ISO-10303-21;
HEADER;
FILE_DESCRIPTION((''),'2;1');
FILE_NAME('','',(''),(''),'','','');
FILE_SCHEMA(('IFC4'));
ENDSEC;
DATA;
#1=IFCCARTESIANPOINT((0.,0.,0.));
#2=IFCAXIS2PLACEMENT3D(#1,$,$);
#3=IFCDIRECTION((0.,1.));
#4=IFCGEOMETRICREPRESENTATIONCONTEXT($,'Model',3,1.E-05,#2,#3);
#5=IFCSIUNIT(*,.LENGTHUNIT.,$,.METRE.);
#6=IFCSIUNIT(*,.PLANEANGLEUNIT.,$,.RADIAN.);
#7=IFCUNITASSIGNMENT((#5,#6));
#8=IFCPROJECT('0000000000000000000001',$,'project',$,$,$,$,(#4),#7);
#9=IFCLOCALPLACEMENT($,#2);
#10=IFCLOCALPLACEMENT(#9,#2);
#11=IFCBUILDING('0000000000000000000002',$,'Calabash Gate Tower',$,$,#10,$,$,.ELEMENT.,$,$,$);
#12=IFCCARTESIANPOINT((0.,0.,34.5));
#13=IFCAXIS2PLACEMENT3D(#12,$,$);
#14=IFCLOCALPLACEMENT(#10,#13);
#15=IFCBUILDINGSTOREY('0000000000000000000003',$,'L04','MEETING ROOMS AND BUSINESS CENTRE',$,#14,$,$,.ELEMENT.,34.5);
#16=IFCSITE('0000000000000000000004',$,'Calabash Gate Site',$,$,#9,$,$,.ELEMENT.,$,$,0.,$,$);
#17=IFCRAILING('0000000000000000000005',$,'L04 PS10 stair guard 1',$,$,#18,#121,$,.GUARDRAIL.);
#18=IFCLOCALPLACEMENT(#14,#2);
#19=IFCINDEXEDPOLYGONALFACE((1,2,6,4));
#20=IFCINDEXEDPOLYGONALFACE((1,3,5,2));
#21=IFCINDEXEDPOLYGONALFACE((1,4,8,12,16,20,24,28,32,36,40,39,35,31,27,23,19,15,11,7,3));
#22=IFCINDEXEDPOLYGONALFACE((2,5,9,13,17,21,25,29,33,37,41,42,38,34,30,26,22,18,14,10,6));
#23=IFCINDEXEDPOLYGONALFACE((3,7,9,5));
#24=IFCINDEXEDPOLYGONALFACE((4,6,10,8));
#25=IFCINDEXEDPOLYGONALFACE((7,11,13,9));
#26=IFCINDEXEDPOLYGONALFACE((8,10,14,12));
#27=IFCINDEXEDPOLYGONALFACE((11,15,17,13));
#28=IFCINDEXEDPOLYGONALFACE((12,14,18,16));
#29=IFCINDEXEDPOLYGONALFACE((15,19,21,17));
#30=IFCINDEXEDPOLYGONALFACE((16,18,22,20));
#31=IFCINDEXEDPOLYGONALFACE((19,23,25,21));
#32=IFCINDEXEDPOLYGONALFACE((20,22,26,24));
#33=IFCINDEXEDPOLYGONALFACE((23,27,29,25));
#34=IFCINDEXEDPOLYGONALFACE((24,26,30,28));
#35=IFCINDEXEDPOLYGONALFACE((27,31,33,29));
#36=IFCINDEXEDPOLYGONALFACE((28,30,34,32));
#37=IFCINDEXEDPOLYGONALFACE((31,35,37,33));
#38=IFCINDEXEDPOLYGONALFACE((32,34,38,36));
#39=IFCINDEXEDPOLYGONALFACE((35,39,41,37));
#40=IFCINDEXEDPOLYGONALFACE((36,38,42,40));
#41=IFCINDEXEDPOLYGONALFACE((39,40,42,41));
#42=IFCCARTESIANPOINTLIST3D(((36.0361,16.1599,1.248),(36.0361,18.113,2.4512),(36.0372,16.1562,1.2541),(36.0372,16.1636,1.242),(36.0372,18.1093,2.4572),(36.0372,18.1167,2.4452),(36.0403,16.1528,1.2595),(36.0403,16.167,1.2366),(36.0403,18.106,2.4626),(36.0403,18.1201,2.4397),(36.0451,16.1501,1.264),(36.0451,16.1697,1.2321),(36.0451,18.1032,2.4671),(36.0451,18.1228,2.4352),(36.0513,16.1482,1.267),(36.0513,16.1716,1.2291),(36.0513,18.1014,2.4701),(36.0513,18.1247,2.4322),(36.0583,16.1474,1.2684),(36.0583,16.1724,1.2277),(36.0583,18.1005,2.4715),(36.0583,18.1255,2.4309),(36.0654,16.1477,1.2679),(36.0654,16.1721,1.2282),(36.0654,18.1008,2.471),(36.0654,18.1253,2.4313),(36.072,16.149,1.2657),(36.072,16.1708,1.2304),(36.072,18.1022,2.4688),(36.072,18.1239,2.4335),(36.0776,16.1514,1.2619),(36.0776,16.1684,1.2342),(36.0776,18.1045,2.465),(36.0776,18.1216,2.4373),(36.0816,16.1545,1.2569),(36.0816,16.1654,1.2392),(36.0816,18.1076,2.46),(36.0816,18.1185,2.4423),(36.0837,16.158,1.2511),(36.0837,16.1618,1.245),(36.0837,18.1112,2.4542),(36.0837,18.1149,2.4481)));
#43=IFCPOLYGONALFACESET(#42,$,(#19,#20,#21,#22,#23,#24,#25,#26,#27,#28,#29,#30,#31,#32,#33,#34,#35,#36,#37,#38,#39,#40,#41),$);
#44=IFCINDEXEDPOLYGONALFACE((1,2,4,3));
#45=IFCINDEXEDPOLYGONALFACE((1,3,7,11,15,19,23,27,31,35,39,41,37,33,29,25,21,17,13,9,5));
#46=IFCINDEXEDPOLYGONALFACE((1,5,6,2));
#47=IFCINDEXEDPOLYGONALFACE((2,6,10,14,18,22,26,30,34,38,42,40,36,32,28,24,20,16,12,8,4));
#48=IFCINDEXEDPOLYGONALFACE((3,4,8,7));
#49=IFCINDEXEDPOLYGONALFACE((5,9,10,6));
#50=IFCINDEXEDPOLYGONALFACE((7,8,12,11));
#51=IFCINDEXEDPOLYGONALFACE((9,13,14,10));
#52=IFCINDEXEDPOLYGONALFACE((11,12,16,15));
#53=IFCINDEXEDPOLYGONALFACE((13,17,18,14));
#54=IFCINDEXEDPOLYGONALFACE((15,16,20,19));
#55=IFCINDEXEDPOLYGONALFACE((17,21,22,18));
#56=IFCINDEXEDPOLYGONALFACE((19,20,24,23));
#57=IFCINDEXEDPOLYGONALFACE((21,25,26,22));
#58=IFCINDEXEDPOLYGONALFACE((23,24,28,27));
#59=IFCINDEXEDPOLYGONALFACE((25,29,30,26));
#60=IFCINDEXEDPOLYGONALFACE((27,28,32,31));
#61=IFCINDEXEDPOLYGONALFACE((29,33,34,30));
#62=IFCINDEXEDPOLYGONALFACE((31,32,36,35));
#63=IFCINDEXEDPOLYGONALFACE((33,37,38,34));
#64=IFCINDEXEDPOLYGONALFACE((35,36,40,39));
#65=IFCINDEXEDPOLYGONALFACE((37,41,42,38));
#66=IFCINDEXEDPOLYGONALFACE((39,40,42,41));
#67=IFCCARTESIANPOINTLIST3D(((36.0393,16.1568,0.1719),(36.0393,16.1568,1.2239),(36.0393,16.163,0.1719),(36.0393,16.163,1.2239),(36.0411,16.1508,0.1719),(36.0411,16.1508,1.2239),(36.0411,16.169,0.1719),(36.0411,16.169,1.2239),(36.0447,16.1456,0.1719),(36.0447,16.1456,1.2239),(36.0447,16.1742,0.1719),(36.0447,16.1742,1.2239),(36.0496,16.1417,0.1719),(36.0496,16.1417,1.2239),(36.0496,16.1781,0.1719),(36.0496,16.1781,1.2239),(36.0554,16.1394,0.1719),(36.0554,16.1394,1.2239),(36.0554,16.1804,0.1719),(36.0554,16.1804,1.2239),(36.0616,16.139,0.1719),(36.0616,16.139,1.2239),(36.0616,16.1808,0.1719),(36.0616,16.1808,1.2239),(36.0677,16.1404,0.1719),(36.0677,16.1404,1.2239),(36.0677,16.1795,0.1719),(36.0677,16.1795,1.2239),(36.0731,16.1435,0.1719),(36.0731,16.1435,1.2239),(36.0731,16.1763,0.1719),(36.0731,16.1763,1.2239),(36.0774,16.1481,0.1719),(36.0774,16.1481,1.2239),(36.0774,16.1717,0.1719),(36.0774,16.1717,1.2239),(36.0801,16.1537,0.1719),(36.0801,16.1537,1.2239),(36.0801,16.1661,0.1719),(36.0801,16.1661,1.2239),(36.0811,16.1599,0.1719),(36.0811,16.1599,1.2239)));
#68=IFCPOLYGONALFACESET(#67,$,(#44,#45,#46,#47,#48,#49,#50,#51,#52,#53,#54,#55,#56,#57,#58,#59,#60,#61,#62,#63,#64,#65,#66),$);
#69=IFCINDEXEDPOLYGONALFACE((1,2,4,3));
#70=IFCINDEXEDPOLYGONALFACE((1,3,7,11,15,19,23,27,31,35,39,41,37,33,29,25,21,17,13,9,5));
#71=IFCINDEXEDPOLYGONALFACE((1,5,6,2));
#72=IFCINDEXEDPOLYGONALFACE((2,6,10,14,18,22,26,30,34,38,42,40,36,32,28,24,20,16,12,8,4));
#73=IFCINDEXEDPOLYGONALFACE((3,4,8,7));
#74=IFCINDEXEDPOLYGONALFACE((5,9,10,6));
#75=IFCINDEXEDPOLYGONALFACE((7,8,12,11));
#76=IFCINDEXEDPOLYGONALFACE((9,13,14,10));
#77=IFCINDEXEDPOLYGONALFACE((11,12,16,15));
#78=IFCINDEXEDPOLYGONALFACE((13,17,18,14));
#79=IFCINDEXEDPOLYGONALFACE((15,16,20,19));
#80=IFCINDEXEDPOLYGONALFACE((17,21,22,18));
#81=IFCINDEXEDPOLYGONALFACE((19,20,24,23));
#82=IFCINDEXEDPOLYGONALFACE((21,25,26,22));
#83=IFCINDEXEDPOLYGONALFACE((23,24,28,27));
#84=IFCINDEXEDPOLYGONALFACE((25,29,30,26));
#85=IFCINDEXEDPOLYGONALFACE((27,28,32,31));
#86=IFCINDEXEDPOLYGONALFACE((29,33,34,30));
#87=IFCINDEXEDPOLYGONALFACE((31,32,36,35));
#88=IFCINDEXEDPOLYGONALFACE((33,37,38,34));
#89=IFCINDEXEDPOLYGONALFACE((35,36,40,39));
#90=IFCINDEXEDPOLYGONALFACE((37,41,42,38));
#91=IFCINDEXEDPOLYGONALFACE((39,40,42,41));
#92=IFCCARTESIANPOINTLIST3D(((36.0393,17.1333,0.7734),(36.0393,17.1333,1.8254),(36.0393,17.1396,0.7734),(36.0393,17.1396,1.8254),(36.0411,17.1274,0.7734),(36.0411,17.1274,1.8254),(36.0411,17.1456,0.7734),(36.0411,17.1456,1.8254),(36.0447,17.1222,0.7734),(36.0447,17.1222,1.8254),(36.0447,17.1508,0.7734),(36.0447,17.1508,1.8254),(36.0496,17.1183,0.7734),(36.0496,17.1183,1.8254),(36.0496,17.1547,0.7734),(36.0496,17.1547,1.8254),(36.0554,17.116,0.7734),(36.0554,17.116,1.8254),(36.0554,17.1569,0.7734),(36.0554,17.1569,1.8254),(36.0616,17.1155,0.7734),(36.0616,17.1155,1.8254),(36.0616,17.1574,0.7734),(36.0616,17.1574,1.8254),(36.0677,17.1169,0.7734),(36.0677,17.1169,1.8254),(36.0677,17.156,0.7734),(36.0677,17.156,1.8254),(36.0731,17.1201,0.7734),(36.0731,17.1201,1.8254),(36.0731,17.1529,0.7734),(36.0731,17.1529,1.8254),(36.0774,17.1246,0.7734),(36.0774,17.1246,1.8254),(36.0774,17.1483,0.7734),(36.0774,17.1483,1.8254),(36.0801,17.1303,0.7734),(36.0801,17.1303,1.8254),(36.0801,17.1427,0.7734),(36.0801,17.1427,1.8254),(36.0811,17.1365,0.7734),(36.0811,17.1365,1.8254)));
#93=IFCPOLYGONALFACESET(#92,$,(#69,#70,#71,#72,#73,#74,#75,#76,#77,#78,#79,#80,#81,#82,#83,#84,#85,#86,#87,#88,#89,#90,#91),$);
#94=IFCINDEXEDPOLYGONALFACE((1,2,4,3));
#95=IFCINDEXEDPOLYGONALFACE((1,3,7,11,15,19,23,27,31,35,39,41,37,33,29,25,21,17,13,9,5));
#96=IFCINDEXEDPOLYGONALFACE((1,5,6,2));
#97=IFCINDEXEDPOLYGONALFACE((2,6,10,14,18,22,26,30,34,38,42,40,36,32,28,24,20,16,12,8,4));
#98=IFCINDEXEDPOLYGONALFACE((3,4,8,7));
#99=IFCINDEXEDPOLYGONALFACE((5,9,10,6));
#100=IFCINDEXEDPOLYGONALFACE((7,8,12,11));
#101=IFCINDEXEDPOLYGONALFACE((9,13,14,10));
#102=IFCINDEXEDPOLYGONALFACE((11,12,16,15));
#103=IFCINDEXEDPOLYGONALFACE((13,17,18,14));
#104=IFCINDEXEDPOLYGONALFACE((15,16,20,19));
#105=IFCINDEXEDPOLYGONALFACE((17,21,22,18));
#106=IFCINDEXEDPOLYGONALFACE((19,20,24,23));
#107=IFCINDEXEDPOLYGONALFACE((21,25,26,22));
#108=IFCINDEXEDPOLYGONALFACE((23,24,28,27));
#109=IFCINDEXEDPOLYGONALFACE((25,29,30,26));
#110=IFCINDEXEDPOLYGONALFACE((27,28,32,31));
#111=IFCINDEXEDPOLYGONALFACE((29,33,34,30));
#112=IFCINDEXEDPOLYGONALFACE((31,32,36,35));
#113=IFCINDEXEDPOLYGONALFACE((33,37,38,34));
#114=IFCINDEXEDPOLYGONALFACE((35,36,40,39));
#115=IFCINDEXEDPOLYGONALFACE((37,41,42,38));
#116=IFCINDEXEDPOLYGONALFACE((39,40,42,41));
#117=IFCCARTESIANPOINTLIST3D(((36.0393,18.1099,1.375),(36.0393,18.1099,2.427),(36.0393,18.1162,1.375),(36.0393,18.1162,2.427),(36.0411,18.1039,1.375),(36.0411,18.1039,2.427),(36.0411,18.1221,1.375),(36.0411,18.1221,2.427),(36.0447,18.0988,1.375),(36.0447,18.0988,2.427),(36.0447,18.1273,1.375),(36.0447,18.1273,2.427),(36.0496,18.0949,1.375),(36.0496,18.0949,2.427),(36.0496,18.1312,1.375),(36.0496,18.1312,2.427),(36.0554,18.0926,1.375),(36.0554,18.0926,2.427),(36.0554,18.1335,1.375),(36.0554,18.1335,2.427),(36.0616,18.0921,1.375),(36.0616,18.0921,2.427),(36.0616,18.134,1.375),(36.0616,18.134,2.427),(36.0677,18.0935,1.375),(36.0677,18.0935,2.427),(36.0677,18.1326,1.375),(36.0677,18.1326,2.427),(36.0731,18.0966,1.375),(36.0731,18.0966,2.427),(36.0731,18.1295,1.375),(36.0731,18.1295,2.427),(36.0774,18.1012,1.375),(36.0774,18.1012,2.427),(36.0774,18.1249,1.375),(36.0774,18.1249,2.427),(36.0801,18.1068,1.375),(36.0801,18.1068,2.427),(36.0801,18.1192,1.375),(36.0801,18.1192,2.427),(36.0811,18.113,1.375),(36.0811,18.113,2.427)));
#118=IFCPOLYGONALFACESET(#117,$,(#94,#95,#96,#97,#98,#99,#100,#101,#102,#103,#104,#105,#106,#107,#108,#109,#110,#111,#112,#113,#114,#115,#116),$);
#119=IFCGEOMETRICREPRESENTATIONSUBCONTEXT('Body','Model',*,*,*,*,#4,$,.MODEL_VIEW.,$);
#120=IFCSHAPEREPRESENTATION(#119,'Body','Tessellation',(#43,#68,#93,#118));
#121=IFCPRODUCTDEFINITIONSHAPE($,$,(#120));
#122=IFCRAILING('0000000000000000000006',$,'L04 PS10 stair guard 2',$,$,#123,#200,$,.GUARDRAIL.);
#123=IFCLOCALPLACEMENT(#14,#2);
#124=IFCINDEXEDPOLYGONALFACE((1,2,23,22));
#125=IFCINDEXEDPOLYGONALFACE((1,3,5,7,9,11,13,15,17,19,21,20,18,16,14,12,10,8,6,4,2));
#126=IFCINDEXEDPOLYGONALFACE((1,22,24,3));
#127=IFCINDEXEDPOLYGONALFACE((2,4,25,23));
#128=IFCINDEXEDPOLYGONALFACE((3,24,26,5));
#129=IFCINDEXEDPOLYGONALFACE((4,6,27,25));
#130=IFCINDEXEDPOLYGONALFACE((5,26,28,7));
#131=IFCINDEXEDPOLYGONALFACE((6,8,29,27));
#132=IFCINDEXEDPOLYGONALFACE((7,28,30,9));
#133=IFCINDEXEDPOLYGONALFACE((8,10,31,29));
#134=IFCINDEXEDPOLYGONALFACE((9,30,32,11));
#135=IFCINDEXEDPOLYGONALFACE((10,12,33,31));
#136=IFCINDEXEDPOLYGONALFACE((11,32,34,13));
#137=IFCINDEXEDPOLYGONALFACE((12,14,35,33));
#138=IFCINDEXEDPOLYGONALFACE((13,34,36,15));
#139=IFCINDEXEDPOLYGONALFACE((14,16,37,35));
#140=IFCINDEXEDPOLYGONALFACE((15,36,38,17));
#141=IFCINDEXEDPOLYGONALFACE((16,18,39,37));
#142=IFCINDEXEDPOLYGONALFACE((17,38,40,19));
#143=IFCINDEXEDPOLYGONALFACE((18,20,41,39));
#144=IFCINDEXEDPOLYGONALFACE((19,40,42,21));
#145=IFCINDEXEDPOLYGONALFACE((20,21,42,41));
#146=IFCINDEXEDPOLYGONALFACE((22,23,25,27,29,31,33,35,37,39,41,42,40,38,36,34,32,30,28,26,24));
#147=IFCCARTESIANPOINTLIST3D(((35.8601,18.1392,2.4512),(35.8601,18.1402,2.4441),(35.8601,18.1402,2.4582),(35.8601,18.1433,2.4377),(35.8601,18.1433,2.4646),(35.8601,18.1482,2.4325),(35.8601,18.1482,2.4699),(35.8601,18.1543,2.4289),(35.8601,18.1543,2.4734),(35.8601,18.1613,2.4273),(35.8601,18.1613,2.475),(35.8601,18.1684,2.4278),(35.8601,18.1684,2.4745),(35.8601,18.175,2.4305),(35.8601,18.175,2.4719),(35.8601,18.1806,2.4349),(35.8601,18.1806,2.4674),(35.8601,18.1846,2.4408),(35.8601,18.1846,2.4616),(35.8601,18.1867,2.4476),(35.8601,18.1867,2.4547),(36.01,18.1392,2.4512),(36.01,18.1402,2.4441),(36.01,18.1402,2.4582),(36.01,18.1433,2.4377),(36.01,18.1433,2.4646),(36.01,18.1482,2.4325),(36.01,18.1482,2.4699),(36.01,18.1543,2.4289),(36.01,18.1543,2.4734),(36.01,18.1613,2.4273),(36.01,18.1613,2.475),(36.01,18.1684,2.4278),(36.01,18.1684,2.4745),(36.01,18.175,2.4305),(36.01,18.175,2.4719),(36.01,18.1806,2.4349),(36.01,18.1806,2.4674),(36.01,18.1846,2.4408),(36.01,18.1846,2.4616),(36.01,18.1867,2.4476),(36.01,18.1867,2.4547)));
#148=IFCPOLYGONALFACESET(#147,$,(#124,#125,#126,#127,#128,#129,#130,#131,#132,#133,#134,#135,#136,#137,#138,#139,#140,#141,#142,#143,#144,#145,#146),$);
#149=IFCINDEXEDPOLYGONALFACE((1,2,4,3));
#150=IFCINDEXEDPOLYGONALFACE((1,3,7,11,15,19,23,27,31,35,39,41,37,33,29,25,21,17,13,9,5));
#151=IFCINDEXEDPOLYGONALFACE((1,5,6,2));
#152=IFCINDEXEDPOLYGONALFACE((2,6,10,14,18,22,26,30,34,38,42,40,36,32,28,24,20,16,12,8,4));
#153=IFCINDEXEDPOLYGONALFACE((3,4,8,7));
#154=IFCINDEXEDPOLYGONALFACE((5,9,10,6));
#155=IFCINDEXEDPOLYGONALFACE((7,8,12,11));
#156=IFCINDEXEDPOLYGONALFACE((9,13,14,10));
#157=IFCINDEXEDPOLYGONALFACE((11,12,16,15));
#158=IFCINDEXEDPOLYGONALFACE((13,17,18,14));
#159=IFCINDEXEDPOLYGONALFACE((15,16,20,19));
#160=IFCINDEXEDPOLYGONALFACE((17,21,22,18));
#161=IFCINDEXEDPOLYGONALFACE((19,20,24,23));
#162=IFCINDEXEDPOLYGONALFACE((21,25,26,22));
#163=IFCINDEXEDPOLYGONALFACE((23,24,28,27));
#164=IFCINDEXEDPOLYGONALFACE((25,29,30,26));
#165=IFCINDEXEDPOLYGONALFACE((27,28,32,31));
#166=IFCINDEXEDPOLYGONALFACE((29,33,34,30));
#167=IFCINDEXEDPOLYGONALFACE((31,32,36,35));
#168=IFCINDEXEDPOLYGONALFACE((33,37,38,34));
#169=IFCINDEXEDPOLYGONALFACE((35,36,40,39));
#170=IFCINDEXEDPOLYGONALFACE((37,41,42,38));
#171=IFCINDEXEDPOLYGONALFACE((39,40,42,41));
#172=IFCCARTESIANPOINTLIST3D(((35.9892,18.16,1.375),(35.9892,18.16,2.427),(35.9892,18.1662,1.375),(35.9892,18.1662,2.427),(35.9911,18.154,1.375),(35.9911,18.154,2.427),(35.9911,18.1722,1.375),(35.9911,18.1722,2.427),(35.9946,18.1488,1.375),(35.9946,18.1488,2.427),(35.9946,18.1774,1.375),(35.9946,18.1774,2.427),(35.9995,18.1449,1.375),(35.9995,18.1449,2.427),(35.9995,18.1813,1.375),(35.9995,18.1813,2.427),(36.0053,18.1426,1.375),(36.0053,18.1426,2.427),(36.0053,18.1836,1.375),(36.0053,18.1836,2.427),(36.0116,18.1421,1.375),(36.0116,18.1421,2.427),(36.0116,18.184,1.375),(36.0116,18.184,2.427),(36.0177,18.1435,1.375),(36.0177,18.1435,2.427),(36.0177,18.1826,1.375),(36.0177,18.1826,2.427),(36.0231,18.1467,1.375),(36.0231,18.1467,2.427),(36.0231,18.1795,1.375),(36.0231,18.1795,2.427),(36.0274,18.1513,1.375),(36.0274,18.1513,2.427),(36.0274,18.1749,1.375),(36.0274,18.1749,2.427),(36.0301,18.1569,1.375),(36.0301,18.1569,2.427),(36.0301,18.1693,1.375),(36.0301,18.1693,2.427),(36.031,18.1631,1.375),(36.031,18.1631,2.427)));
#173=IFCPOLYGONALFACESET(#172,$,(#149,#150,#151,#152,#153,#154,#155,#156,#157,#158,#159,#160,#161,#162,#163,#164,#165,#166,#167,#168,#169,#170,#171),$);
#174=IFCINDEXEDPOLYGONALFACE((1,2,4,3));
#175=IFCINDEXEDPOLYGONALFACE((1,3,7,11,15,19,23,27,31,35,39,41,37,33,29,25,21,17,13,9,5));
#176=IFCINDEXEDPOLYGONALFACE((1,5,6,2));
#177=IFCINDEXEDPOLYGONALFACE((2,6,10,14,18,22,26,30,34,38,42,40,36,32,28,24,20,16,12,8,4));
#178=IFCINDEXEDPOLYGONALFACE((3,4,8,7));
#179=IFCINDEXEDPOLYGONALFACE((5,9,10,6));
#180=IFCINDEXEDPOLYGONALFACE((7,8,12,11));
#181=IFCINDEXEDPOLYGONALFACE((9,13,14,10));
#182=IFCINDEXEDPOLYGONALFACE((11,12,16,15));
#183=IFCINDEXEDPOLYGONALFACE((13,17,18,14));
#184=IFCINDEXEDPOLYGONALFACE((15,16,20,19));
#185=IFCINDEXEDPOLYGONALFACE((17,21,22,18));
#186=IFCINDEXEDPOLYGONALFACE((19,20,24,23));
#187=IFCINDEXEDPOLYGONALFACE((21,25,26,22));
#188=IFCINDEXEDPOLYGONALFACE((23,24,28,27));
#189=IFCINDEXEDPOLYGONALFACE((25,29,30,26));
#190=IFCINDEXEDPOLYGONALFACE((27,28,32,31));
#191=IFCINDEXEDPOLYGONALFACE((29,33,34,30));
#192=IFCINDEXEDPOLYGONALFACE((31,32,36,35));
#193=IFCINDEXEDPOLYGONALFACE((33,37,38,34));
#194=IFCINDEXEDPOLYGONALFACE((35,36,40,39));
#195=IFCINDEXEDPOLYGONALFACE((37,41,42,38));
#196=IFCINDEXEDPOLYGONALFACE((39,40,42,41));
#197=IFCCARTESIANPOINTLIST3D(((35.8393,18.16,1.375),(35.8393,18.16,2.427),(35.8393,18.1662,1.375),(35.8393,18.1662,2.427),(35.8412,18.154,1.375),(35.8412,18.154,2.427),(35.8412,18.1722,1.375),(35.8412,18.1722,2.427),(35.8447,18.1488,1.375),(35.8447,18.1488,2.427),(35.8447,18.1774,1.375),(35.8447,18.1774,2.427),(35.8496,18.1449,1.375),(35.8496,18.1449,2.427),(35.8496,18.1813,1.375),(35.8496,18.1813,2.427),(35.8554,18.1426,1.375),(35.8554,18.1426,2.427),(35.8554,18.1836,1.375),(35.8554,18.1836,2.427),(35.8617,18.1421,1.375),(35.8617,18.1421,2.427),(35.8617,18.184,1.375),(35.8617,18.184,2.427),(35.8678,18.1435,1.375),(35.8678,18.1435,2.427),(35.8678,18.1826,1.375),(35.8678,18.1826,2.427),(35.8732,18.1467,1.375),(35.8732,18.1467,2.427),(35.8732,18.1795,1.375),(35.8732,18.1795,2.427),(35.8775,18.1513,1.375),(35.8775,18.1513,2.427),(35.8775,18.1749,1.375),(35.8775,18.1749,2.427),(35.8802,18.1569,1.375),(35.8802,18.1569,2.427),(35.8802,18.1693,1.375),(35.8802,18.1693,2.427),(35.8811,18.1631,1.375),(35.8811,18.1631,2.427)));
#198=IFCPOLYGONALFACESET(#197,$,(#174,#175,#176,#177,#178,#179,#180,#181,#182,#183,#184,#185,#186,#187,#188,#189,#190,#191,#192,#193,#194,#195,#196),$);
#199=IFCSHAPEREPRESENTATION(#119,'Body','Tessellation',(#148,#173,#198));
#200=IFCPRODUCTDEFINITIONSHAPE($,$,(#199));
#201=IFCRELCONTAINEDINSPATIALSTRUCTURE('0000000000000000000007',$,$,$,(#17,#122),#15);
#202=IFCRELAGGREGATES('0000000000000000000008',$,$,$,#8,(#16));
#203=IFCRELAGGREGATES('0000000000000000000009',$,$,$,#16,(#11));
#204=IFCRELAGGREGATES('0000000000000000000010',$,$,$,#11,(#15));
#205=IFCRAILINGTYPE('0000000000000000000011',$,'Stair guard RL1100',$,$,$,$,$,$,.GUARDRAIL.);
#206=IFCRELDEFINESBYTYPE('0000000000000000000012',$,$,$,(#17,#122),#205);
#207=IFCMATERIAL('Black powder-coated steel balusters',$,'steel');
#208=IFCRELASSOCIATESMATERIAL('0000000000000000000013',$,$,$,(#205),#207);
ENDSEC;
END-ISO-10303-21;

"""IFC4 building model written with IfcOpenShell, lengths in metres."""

from ifc_helpers import new_model, si_unit, direction, frame, origin, origin_2d, place, context, subcontext, project, spatial, circle, extrude, material, type_object, element, save


model = new_model("IFC4")

# Units and contexts
model_context = context("Model", 3, precision=1e-05, world=origin(), true_north=direction((0.0, 1.0)))
body_context = subcontext(model_context, "Body", "Model", "MODEL_VIEW")
ifc_project = project(units=[si_unit("LENGTHUNIT", "METRE"), si_unit("PLANEANGLEUNIT", "RADIAN")], contexts=[model_context])

# Site, building, storey
site_placement = place(None, origin())
site = spatial("IfcSite", under=ifc_project, at=site_placement, Name="Calabash Gate Site", CompositionType="ELEMENT", RefElevation=0.0)
building_placement = place(site_placement, origin())
building = spatial("IfcBuilding", under=site, at=building_placement, Name="Calabash Gate Tower", CompositionType="ELEMENT")
storey_placement = place(building_placement, frame((0.0, 0.0, 34.5)))
storey = spatial("IfcBuildingStorey", under=building, at=storey_placement, Name="L04", Description="MEETING ROOMS AND BUSINESS CENTRE", CompositionType="ELEMENT", Elevation=34.5)

# Railings
ifc_material_1 = material(Name="Black powder-coated steel balusters", Category="steel")
railing_type_1 = type_object("IfcRailingType", Name="Stair guard RL1100", PredefinedType="GUARDRAIL", material=ifc_material_1)
railing_1_placement = place(storey_placement, frame((36.0601, 16.1599, 0.1719)))
element("IfcRailing", 1, at=railing_1_placement, inside=storey, type_object=railing_type_1, Name="L04 PS10 stair guard 1", PredefinedType="GUARDRAIL", context=body_context, shape_type="SweptSolid", body=[
    extrude(circle(Radius=0.0239, at=origin_2d()), frame((0.0, 0.0, 1.0762), z_axis=(0.0, 0.851424, 0.524477), x_axis=(-1.0, 0.0, 0.0)), (0.0, 0.0, 1.0), 2.2939),
    extrude(circle(Radius=0.021, at=origin_2d()), origin(), (0.0, 0.0, 1.0), 1.052),
    extrude(circle(Radius=0.021, at=origin_2d()), frame((0.0, 0.9766, 0.6016)), (0.0, 0.0, 1.0), 1.052),
    extrude(circle(Radius=0.021, at=origin_2d()), frame((0.0, 1.9531, 1.2031)), (0.0, 0.0, 1.0), 1.052),
])
railing_2_placement = place(storey_placement, frame((36.01, 18.1631, 1.375)))
element("IfcRailing", 2, at=railing_2_placement, inside=storey, type_object=railing_type_1, Name="L04 PS10 stair guard 2", PredefinedType="GUARDRAIL", context=body_context, shape_type="SweptSolid", body=[
    extrude(circle(Radius=0.0239, at=origin_2d()), frame((0.0, 0.0, 1.0762), z_axis=(-1.0, 0.0, 0.0), x_axis=(0.0, -1.0, 0.0)), (0.0, 0.0, 1.0), 0.1499),
    extrude(circle(Radius=0.021, at=origin_2d()), origin(), (0.0, 0.0, 1.0), 1.052),
    extrude(circle(Radius=0.021, at=origin_2d()), frame((-0.1499, 0.0, 0.0)), (0.0, 0.0, 1.0), 1.052),
])

save(model, "model.ifc")
